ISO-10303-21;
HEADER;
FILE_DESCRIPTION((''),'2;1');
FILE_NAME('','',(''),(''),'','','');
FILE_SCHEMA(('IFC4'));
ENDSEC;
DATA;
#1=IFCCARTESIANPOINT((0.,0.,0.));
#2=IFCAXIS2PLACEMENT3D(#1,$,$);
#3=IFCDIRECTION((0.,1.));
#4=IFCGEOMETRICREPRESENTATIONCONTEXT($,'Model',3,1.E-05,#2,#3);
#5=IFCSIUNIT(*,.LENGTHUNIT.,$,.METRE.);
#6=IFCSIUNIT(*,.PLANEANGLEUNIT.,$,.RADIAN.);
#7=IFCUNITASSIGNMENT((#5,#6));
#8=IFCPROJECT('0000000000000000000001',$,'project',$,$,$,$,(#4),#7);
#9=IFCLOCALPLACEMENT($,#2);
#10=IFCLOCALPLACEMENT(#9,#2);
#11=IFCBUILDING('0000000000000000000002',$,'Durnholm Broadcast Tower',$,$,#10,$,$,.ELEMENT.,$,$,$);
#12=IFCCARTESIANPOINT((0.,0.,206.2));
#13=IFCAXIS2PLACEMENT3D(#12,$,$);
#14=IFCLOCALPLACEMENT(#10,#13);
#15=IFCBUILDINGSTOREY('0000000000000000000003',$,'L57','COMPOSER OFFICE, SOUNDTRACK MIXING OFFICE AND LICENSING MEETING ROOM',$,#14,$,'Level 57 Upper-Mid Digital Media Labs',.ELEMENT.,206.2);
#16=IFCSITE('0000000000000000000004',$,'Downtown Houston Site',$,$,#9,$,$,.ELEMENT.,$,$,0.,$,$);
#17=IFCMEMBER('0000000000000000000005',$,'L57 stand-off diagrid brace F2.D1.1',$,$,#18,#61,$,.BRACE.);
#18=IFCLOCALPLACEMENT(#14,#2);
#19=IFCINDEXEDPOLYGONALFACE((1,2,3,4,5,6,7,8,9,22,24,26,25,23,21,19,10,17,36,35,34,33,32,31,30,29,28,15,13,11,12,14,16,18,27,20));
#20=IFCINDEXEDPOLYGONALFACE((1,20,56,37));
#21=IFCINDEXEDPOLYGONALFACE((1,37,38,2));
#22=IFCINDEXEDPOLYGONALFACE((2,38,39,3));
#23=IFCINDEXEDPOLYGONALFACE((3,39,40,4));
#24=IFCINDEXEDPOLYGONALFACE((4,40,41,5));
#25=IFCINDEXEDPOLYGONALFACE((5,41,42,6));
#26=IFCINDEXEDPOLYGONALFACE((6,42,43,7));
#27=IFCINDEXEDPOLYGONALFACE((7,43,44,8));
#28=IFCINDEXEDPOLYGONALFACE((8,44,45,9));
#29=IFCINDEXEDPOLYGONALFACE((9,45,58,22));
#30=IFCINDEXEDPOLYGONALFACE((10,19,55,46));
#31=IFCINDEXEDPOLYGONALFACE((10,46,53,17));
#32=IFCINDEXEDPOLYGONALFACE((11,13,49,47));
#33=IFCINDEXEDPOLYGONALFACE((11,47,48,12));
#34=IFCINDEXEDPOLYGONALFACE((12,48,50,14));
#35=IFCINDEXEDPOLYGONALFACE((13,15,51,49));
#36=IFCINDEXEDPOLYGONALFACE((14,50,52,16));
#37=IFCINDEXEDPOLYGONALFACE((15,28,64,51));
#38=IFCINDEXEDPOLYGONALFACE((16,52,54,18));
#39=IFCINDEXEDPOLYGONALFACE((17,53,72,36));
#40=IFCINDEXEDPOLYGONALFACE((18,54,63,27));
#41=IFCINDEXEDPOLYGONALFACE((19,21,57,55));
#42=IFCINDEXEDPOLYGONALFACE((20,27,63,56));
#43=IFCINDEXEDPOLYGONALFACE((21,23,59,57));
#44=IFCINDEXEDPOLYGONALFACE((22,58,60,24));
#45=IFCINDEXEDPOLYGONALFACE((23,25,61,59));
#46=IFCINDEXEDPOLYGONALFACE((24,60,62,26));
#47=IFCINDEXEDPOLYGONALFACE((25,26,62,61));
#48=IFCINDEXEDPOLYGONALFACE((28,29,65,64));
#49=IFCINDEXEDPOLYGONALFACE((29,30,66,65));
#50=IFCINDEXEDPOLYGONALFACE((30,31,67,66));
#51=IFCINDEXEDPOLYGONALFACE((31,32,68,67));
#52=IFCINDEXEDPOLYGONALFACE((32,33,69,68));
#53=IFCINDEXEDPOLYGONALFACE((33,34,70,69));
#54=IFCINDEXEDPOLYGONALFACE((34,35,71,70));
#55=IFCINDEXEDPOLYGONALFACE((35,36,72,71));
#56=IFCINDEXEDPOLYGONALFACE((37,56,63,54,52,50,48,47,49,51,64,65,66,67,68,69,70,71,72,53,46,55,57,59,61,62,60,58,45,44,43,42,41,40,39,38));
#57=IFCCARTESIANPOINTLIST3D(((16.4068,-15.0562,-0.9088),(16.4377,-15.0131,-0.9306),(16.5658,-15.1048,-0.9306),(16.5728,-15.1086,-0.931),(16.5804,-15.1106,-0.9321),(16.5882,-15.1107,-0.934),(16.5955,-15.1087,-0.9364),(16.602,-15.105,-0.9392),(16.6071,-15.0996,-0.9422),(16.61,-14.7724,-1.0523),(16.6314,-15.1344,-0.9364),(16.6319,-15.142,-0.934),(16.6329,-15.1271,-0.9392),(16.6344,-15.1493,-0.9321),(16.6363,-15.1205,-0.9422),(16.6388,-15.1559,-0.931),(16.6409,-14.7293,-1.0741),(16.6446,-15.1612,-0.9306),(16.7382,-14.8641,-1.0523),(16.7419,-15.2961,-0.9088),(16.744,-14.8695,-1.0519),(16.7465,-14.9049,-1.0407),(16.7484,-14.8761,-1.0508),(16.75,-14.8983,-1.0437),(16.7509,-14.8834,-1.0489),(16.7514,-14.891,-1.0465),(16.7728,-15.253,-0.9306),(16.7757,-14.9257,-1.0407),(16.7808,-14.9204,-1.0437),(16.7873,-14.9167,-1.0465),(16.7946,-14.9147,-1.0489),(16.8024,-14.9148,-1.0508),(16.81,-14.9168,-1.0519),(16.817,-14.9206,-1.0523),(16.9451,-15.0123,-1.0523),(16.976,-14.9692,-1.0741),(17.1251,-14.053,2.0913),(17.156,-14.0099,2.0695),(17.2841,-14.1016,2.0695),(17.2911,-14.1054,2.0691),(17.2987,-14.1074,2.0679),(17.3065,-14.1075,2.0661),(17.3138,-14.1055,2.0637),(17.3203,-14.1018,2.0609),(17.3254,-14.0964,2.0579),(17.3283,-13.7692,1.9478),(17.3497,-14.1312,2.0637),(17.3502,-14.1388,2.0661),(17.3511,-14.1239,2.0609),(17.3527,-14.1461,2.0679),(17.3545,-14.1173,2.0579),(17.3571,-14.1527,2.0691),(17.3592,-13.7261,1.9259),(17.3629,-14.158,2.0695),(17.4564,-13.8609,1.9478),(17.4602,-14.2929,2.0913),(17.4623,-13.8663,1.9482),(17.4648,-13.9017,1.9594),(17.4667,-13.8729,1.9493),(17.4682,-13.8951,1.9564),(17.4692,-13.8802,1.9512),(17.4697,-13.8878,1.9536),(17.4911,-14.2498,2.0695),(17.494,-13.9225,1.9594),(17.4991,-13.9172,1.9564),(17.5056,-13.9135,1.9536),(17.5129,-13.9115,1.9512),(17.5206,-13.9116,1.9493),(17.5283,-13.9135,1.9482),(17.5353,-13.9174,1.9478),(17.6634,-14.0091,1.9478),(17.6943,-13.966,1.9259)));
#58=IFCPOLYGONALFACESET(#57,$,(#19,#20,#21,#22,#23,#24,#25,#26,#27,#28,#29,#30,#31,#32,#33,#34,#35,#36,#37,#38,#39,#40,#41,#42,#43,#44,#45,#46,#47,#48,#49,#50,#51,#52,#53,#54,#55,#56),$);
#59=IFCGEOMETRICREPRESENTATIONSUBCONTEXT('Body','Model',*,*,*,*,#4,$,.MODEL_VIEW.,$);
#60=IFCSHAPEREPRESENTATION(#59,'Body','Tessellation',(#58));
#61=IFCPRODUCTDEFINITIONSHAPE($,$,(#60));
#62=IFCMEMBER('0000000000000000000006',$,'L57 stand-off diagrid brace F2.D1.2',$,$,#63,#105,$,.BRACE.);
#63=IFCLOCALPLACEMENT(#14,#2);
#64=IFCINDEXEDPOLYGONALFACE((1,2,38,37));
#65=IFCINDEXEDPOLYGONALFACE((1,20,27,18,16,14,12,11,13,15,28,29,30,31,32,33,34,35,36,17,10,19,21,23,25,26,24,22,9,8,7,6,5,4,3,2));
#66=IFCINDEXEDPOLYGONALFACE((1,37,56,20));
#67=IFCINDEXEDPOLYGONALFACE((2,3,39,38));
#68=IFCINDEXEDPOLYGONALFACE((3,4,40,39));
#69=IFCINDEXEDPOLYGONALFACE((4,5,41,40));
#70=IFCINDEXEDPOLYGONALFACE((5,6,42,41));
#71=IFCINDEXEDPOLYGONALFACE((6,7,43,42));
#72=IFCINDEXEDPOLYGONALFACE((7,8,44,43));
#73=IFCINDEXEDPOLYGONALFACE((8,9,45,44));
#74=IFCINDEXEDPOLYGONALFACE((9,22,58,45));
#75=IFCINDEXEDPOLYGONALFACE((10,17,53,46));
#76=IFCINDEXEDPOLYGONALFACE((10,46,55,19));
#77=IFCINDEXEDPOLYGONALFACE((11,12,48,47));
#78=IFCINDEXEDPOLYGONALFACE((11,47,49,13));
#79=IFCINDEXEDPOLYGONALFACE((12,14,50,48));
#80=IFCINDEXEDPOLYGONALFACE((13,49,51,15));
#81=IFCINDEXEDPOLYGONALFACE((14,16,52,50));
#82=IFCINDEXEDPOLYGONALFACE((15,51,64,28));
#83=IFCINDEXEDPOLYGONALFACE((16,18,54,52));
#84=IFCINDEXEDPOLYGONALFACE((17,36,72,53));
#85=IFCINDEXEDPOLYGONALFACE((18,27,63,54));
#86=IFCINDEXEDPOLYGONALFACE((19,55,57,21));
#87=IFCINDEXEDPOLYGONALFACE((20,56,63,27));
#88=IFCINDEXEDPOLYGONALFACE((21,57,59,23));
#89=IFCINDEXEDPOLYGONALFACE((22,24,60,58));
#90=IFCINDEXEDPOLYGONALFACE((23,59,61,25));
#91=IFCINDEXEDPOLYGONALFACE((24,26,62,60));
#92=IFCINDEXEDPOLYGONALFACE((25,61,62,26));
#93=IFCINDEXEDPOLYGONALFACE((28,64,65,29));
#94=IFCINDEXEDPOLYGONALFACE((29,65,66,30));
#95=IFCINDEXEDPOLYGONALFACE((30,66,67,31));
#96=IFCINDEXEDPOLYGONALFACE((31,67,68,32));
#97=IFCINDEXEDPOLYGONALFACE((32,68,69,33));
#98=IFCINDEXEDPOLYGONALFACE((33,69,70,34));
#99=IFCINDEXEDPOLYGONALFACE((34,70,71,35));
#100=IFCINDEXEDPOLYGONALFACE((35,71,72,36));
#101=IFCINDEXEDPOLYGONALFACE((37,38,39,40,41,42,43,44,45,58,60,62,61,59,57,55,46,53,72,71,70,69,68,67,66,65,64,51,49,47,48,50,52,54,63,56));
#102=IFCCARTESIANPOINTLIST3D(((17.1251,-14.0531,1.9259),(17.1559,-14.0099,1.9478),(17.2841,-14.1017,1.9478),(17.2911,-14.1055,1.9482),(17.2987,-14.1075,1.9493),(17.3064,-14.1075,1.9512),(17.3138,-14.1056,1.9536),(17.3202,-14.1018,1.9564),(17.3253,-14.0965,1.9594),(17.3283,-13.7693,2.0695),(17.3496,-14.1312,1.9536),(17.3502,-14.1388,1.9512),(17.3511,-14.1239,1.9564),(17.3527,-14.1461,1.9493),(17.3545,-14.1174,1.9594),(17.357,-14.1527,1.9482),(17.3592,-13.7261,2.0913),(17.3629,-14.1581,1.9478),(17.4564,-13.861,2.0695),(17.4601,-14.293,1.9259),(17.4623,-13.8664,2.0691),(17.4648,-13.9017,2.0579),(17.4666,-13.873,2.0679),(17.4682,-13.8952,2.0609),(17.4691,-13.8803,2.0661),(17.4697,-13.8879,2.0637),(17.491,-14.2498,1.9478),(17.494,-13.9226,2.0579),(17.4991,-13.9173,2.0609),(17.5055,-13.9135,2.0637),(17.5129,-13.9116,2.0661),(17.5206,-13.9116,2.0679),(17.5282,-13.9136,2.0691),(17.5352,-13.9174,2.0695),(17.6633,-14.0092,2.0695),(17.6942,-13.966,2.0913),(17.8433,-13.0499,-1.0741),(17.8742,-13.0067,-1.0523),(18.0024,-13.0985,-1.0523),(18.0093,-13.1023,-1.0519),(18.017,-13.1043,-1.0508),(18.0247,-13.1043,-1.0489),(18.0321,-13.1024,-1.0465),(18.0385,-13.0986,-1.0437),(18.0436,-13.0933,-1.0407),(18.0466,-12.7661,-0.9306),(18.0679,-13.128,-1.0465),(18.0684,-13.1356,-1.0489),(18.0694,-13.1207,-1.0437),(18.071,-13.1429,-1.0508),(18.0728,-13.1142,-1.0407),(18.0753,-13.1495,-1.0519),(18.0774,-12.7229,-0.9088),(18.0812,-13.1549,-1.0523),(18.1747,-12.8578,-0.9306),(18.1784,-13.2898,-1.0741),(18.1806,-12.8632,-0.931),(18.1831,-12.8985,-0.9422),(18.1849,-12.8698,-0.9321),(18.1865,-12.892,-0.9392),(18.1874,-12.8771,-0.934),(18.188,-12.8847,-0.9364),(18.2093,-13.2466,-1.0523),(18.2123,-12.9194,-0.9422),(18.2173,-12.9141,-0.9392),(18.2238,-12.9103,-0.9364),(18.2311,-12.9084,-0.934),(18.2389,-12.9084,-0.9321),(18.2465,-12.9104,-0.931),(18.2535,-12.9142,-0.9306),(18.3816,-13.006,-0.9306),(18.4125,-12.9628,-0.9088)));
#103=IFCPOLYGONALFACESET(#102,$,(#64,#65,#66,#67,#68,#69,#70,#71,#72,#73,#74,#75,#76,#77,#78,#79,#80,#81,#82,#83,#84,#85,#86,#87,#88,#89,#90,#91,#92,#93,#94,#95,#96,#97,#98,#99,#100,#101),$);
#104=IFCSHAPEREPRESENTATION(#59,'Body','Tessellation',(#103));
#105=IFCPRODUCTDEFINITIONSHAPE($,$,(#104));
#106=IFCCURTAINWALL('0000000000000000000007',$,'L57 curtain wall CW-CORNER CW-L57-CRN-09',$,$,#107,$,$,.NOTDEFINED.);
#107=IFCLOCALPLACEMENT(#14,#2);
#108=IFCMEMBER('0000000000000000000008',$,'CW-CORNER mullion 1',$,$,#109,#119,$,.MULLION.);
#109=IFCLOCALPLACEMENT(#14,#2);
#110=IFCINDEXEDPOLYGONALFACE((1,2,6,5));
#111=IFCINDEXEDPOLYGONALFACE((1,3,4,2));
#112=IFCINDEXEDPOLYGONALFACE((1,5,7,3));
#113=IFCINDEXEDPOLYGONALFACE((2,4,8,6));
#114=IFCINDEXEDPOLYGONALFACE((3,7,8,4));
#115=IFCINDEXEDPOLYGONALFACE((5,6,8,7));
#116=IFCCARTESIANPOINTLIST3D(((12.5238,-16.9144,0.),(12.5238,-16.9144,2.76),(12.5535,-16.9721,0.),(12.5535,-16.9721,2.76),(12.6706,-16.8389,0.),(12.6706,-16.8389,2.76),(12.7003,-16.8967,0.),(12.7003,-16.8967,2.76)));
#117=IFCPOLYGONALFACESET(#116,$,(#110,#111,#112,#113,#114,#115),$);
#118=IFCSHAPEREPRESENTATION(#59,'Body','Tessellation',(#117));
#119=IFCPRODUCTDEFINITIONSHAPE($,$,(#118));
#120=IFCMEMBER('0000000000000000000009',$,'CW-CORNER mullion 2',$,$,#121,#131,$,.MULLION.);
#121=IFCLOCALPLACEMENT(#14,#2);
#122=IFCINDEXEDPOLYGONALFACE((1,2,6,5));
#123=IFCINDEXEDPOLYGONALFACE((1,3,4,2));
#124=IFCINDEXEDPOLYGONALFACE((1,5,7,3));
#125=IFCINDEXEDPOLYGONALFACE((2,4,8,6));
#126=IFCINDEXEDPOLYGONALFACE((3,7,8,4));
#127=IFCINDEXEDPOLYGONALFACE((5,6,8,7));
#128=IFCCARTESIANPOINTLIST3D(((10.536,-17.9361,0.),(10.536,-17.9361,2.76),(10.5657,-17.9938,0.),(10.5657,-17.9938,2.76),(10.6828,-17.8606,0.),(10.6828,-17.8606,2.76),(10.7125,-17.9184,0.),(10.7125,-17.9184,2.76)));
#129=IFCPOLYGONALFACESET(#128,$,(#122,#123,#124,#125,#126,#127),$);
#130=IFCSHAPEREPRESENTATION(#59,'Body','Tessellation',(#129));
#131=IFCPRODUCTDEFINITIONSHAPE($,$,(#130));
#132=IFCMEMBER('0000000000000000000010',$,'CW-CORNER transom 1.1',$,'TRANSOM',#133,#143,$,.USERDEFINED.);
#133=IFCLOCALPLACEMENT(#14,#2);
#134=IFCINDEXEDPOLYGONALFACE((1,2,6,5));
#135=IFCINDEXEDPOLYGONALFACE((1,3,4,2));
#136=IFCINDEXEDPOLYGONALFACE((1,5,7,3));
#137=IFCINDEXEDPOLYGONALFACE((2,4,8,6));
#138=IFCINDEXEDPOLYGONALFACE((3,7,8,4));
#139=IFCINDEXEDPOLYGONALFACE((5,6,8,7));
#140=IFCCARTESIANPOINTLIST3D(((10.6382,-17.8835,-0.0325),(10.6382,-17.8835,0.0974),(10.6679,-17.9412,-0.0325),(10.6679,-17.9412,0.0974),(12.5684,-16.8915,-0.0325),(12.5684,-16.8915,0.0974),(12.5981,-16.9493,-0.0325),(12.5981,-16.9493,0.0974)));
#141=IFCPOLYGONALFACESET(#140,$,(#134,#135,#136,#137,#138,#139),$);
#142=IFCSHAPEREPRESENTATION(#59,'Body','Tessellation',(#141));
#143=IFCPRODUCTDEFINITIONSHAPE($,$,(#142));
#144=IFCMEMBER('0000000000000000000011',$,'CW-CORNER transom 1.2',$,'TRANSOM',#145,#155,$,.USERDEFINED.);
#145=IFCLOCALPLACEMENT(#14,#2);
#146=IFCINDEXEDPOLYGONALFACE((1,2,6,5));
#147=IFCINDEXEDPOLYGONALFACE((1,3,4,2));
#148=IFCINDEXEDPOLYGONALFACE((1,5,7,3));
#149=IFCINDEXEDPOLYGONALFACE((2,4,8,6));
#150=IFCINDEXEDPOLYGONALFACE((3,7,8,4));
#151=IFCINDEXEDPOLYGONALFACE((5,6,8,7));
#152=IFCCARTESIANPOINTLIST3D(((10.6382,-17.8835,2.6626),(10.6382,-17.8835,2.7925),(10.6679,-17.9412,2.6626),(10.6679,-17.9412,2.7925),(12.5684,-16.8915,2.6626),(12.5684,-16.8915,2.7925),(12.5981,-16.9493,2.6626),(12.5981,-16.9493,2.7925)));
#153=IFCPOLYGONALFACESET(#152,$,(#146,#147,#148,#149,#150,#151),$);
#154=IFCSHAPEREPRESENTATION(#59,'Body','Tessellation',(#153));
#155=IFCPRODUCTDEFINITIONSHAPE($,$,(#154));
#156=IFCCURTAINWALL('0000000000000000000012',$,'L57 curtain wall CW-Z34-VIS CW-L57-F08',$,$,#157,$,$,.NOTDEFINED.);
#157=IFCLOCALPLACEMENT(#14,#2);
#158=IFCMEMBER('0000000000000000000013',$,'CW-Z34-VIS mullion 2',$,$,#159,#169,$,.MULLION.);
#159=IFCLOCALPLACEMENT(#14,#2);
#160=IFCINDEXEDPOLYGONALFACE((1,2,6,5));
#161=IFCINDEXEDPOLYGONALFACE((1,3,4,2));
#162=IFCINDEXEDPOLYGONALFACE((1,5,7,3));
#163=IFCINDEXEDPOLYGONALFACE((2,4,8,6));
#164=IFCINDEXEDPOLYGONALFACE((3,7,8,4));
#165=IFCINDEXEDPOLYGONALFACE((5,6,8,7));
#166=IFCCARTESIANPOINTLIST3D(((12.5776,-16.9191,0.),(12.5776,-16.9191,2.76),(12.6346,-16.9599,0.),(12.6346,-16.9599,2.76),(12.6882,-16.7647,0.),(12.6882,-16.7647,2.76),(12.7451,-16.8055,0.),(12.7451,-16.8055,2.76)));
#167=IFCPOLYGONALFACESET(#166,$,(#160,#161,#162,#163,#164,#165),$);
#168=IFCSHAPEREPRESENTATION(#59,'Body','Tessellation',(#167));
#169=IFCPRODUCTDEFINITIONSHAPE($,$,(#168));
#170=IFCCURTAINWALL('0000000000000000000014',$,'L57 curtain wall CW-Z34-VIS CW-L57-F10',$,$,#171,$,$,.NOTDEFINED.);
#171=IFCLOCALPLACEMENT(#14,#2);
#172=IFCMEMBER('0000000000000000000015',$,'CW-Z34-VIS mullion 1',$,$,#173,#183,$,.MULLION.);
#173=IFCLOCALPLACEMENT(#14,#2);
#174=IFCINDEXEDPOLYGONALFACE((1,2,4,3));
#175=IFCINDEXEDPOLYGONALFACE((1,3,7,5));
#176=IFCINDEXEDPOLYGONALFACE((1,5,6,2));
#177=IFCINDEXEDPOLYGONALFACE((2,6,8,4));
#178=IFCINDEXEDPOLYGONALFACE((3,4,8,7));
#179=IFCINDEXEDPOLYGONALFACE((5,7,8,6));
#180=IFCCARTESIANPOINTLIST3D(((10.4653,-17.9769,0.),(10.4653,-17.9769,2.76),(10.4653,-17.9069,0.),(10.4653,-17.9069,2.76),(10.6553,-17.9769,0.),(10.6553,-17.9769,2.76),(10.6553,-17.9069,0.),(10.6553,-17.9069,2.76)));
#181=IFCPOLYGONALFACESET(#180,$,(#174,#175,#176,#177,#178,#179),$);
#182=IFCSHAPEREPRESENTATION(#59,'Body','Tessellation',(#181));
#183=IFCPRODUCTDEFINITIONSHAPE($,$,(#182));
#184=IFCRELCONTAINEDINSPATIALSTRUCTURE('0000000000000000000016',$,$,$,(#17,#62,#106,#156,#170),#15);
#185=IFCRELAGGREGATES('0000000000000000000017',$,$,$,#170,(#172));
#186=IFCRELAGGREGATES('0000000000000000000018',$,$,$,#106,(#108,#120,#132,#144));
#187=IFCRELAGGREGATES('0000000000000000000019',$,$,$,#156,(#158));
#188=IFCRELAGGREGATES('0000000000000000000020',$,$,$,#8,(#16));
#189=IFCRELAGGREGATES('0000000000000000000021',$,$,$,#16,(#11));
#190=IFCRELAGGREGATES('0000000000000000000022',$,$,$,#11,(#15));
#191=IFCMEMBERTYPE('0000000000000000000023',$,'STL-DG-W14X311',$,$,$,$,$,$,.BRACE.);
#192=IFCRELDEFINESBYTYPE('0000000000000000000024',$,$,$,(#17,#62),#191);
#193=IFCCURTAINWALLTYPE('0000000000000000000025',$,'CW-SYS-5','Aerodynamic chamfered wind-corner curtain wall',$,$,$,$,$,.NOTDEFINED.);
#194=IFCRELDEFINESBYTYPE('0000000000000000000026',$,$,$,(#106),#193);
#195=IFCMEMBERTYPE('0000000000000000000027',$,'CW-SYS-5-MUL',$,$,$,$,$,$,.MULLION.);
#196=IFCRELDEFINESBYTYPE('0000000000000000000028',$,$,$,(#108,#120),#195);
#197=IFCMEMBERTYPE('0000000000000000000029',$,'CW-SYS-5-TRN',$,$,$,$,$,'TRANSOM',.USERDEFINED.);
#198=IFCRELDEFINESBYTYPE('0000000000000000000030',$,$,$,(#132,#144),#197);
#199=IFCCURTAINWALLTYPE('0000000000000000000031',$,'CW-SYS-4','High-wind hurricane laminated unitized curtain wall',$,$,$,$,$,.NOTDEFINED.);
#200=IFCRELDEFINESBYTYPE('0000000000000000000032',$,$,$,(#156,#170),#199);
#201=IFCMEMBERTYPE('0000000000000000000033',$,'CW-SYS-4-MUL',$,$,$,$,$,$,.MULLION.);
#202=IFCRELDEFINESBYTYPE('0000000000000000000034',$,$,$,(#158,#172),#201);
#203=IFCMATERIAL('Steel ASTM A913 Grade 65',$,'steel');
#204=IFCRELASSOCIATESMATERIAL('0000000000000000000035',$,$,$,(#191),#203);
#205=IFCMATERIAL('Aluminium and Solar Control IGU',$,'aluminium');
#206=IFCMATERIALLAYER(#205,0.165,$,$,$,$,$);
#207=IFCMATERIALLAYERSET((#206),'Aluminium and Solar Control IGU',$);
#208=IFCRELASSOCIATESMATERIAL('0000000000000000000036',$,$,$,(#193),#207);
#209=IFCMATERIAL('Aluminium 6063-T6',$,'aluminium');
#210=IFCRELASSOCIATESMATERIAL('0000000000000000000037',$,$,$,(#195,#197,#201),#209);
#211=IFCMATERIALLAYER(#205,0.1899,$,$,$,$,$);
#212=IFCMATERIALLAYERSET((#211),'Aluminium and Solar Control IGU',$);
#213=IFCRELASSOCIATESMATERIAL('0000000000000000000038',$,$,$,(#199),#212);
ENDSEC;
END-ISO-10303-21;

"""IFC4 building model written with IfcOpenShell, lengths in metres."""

from ifc_helpers import new_model, si_unit, direction, frame, origin, origin_2d, place, context, subcontext, project, spatial, rectangle, i_section, extrude, source, transform, mapped, material, layer, layer_set, material_profile, profile_set, type_object, type_shapes, element, aggregate, save


model = new_model("IFC4")

# Units and contexts
model_context = context("Model", 3, precision=1e-05, world=origin(), true_north=direction((0.0, 1.0)))
body_context = subcontext(model_context, "Body", "Model", "MODEL_VIEW")
ifc_project = project(units=[si_unit("LENGTHUNIT", "METRE"), si_unit("PLANEANGLEUNIT", "RADIAN")], contexts=[model_context])

# Site, building, storey
site_placement = place(None, origin())
site = spatial("IfcSite", under=ifc_project, at=site_placement, Name="Downtown Houston Site", CompositionType="ELEMENT", RefElevation=0.0)
building_placement = place(site_placement, origin())
building = spatial("IfcBuilding", under=site, at=building_placement, Name="Durnholm Broadcast Tower", CompositionType="ELEMENT")
storey_placement = place(building_placement, frame((0.0, 0.0, 206.2)))
storey = spatial("IfcBuildingStorey", under=building, at=storey_placement, Name="L57", Description="COMPOSER OFFICE, SOUNDTRACK MIXING OFFICE AND LICENSING MEETING ROOM", LongName="Level 57 Upper-Mid Digital Media Labs", CompositionType="ELEMENT", Elevation=206.2)

# Members
ifc_material_1 = material(Name="Steel ASTM A913 Grade 65", Category="steel")
ifc_material_profile_1 = material_profile(ifc_material_1, i_section(OverallWidth=0.4121, OverallDepth=0.4348, WebThickness=0.0359, FlangeThickness=0.0574, FilletRadius=0.0305, at=origin_2d()), Name="W14X311")
ifc_profile_set_1 = profile_set([ifc_material_profile_1], Name="Steel ASTM A913 Grade 65")
member_type_1 = type_object("IfcMemberType", Name="STL-DG-W14X311", PredefinedType="BRACE", material=ifc_profile_set_1)
shared_shape_1 = source(origin(), body_context, "Body", "SweptSolid", [
    extrude(i_section(OverallWidth=0.4121, OverallDepth=0.4348, WebThickness=0.0359, FlangeThickness=0.0574, FilletRadius=0.0305, at=origin_2d()), origin(), (0.0, 0.0, 1.0), 3.2439),
])
type_shapes(member_type_1, [shared_shape_1])
for number, where, z_axis, x_axis, name in (
    (1, (16.6914, -15.0127, -0.9915), (0.221426, 0.309259, 0.92484), (-0.813078, 0.582155, 0.0), "L57 stand-off diagrid brace F2.D1.1"),
    (2, (18.1279, -13.0063, -0.9915), (-0.221426, -0.309259, 0.92484), (0.813078, -0.582155, 0.0), "L57 stand-off diagrid brace F2.D1.2"),
):
    element("IfcMember", number, at=place(storey_placement, frame(where, z_axis=z_axis, x_axis=x_axis)), inside=storey, type_object=member_type_1, Name=name, PredefinedType="BRACE", context=body_context, shape_type="MappedRepresentation", body=[
        mapped(shared_shape_1, transform((0.0, 0.0, 0.0), x_axis=(1.0, 0.0, 0.0), y_axis=(0.0, 1.0, 0.0), z_axis=(0.0, 0.0, 1.0), scale=1.0)),
    ])

# Curtain wall, members
ifc_material_2 = material(Name="Aluminium and Solar Control IGU", Category="aluminium")
ifc_layer_1 = layer(ifc_material_2, 0.165)
ifc_layer_set_1 = layer_set([ifc_layer_1], Name="Aluminium and Solar Control IGU")
curtain_wall_type_1 = type_object("IfcCurtainWallType", Name="CW-SYS-5", Description="Aerodynamic chamfered wind-corner curtain wall", PredefinedType="NOTDEFINED", material=ifc_layer_set_1)
curtain_wall_1_placement = place(storey_placement, origin())
curtain_wall_1 = element("IfcCurtainWall", 3, at=curtain_wall_1_placement, inside=storey, type_object=curtain_wall_type_1, Name="L57 curtain wall CW-CORNER CW-L57-CRN-09", PredefinedType="NOTDEFINED")
ifc_material_3 = material(Name="Aluminium 6063-T6", Category="aluminium")
ifc_material_profile_2 = material_profile(ifc_material_3, rectangle(XDim=0.0649, YDim=0.165, at=origin_2d()), Name="CWM65X165")
ifc_profile_set_2 = profile_set([ifc_material_profile_2], Name="Aluminium 6063-T6")
member_type_2 = type_object("IfcMemberType", Name="CW-SYS-5-MUL", PredefinedType="MULLION", material=ifc_profile_set_2)
shared_shape_2 = source(origin(), body_context, "Body", "SweptSolid", [
    extrude(rectangle(XDim=0.0649, YDim=0.165, at=origin_2d()), origin(), (0.0, 0.0, 1.0), 2.76),
])
type_shapes(member_type_2, [shared_shape_2])
member_1_placement = place(storey_placement, frame((12.6121, -16.9055, 0.0), z_axis=(0.0, 0.0, 1.0), x_axis=(0.457082, -0.889425, 0.0)))
member_1 = element("IfcMember", 4, at=member_1_placement, type_object=member_type_2, Name="CW-CORNER mullion 1", PredefinedType="MULLION", context=body_context, shape_type="MappedRepresentation", body=[
    mapped(shared_shape_2, transform((0.0, 0.0, 0.0), x_axis=(1.0, 0.0, 0.0), y_axis=(0.0, 1.0, 0.0), z_axis=(0.0, 0.0, 1.0), scale=1.0)),
])
member_2_placement = place(storey_placement, frame((10.6243, -17.9272, 0.0), z_axis=(0.0, 0.0, 1.0), x_axis=(0.457082, -0.889425, 0.0)))
member_2 = element("IfcMember", 5, at=member_2_placement, type_object=member_type_2, Name="CW-CORNER mullion 2", PredefinedType="MULLION", context=body_context, shape_type="MappedRepresentation", body=[
    mapped(shared_shape_2, transform((0.0, 0.0, 0.0), x_axis=(1.0, 0.0, 0.0), y_axis=(0.0, 1.0, 0.0), z_axis=(0.0, 0.0, 1.0), scale=1.0)),
])
ifc_material_profile_3 = material_profile(ifc_material_3, rectangle(XDim=0.0649, YDim=0.1299, at=origin_2d()), Name="CWT65X130")
ifc_profile_set_3 = profile_set([ifc_material_profile_3], Name="Aluminium 6063-T6")
member_type_3 = type_object("IfcMemberType", Name="CW-SYS-5-TRN", ElementType="TRANSOM", PredefinedType="USERDEFINED", material=ifc_profile_set_3)
shared_shape_3 = source(origin(), body_context, "Body", "SweptSolid", [
    extrude(rectangle(XDim=0.0649, YDim=0.1299, at=origin_2d()), origin(), (0.0, 0.0, 1.0), 2.1702),
])
type_shapes(member_type_3, [shared_shape_3])
member_3_placement = place(storey_placement, frame((12.5833, -16.9204, 0.0325), z_axis=(-0.889422, -0.457086, 0.0), x_axis=(0.457086, -0.889422, 0.0)))
member_3 = element("IfcMember", 6, at=member_3_placement, type_object=member_type_3, Name="CW-CORNER transom 1.1", ObjectType="TRANSOM", PredefinedType="USERDEFINED", context=body_context, shape_type="MappedRepresentation", body=[
    mapped(shared_shape_3, transform((0.0, 0.0, 0.0), x_axis=(1.0, 0.0, 0.0), y_axis=(0.0, 1.0, 0.0), z_axis=(0.0, 0.0, 1.0), scale=1.0)),
])
member_4_placement = place(storey_placement, frame((12.5833, -16.9204, 2.7275), z_axis=(-0.889422, -0.457086, 0.0), x_axis=(0.457086, -0.889422, 0.0)))
member_4 = element("IfcMember", 7, at=member_4_placement, type_object=member_type_3, Name="CW-CORNER transom 1.2", ObjectType="TRANSOM", PredefinedType="USERDEFINED", context=body_context, shape_type="MappedRepresentation", body=[
    mapped(shared_shape_3, transform((0.0, 0.0, 0.0), x_axis=(1.0, 0.0, 0.0), y_axis=(0.0, 1.0, 0.0), z_axis=(0.0, 0.0, 1.0), scale=1.0)),
])

# Curtain walls, members
ifc_layer_2 = layer(ifc_material_2, 0.1899)
ifc_layer_set_2 = layer_set([ifc_layer_2], Name="Aluminium and Solar Control IGU")
curtain_wall_type_2 = type_object("IfcCurtainWallType", Name="CW-SYS-4", Description="High-wind hurricane laminated unitized curtain wall", PredefinedType="NOTDEFINED", material=ifc_layer_set_2)
curtain_wall_2_placement = place(storey_placement, origin())
curtain_wall_2 = element("IfcCurtainWall", 8, at=curtain_wall_2_placement, inside=storey, type_object=curtain_wall_type_2, Name="L57 curtain wall CW-Z34-VIS CW-L57-F08", PredefinedType="NOTDEFINED")
ifc_material_profile_4 = material_profile(ifc_material_3, rectangle(XDim=0.0701, YDim=0.1899, at=origin_2d()), Name="CWM70X190")
ifc_profile_set_4 = profile_set([ifc_material_profile_4], Name="Aluminium 6063-T6")
member_type_4 = type_object("IfcMemberType", Name="CW-SYS-4-MUL", PredefinedType="MULLION", material=ifc_profile_set_4)
shared_shape_4 = source(origin(), body_context, "Body", "SweptSolid", [
    extrude(rectangle(XDim=0.0701, YDim=0.1899, at=origin_2d()), origin(), (0.0, 0.0, 1.0), 2.76),
])
type_shapes(member_type_4, [shared_shape_4])
member_5_placement = place(storey_placement, frame((12.6614, -16.8623, 0.0), z_axis=(0.0, 0.0, 1.0), x_axis=(0.813089, -0.582139, 0.0)))
member_5 = element("IfcMember", 9, at=member_5_placement, type_object=member_type_4, Name="CW-Z34-VIS mullion 2", PredefinedType="MULLION", context=body_context, shape_type="MappedRepresentation", body=[
    mapped(shared_shape_4, transform((0.0, 0.0, 0.0), x_axis=(1.0, 0.0, 0.0), y_axis=(0.0, 1.0, 0.0), z_axis=(0.0, 0.0, 1.0), scale=1.0)),
])
curtain_wall_3_placement = place(storey_placement, origin())
curtain_wall_3 = element("IfcCurtainWall", 10, at=curtain_wall_3_placement, inside=storey, type_object=curtain_wall_type_2, Name="L57 curtain wall CW-Z34-VIS CW-L57-F10", PredefinedType="NOTDEFINED")
member_6_placement = place(storey_placement, frame((10.5603, -17.9419, 0.0), z_axis=(0.0, 0.0, 1.0), x_axis=(0.0, -1.0, 0.0)))
member_6 = element("IfcMember", 11, at=member_6_placement, type_object=member_type_4, Name="CW-Z34-VIS mullion 1", PredefinedType="MULLION", context=body_context, shape_type="MappedRepresentation", body=[
    mapped(shared_shape_4, transform((0.0, 0.0, 0.0), x_axis=(1.0, 0.0, 0.0), y_axis=(0.0, 1.0, 0.0), z_axis=(0.0, 0.0, 1.0), scale=1.0)),
])
aggregate(curtain_wall_3, [member_6])

aggregate(curtain_wall_1, [member_1, member_2, member_3, member_4])
aggregate(curtain_wall_2, [member_5])

save(model, "model.ifc")
